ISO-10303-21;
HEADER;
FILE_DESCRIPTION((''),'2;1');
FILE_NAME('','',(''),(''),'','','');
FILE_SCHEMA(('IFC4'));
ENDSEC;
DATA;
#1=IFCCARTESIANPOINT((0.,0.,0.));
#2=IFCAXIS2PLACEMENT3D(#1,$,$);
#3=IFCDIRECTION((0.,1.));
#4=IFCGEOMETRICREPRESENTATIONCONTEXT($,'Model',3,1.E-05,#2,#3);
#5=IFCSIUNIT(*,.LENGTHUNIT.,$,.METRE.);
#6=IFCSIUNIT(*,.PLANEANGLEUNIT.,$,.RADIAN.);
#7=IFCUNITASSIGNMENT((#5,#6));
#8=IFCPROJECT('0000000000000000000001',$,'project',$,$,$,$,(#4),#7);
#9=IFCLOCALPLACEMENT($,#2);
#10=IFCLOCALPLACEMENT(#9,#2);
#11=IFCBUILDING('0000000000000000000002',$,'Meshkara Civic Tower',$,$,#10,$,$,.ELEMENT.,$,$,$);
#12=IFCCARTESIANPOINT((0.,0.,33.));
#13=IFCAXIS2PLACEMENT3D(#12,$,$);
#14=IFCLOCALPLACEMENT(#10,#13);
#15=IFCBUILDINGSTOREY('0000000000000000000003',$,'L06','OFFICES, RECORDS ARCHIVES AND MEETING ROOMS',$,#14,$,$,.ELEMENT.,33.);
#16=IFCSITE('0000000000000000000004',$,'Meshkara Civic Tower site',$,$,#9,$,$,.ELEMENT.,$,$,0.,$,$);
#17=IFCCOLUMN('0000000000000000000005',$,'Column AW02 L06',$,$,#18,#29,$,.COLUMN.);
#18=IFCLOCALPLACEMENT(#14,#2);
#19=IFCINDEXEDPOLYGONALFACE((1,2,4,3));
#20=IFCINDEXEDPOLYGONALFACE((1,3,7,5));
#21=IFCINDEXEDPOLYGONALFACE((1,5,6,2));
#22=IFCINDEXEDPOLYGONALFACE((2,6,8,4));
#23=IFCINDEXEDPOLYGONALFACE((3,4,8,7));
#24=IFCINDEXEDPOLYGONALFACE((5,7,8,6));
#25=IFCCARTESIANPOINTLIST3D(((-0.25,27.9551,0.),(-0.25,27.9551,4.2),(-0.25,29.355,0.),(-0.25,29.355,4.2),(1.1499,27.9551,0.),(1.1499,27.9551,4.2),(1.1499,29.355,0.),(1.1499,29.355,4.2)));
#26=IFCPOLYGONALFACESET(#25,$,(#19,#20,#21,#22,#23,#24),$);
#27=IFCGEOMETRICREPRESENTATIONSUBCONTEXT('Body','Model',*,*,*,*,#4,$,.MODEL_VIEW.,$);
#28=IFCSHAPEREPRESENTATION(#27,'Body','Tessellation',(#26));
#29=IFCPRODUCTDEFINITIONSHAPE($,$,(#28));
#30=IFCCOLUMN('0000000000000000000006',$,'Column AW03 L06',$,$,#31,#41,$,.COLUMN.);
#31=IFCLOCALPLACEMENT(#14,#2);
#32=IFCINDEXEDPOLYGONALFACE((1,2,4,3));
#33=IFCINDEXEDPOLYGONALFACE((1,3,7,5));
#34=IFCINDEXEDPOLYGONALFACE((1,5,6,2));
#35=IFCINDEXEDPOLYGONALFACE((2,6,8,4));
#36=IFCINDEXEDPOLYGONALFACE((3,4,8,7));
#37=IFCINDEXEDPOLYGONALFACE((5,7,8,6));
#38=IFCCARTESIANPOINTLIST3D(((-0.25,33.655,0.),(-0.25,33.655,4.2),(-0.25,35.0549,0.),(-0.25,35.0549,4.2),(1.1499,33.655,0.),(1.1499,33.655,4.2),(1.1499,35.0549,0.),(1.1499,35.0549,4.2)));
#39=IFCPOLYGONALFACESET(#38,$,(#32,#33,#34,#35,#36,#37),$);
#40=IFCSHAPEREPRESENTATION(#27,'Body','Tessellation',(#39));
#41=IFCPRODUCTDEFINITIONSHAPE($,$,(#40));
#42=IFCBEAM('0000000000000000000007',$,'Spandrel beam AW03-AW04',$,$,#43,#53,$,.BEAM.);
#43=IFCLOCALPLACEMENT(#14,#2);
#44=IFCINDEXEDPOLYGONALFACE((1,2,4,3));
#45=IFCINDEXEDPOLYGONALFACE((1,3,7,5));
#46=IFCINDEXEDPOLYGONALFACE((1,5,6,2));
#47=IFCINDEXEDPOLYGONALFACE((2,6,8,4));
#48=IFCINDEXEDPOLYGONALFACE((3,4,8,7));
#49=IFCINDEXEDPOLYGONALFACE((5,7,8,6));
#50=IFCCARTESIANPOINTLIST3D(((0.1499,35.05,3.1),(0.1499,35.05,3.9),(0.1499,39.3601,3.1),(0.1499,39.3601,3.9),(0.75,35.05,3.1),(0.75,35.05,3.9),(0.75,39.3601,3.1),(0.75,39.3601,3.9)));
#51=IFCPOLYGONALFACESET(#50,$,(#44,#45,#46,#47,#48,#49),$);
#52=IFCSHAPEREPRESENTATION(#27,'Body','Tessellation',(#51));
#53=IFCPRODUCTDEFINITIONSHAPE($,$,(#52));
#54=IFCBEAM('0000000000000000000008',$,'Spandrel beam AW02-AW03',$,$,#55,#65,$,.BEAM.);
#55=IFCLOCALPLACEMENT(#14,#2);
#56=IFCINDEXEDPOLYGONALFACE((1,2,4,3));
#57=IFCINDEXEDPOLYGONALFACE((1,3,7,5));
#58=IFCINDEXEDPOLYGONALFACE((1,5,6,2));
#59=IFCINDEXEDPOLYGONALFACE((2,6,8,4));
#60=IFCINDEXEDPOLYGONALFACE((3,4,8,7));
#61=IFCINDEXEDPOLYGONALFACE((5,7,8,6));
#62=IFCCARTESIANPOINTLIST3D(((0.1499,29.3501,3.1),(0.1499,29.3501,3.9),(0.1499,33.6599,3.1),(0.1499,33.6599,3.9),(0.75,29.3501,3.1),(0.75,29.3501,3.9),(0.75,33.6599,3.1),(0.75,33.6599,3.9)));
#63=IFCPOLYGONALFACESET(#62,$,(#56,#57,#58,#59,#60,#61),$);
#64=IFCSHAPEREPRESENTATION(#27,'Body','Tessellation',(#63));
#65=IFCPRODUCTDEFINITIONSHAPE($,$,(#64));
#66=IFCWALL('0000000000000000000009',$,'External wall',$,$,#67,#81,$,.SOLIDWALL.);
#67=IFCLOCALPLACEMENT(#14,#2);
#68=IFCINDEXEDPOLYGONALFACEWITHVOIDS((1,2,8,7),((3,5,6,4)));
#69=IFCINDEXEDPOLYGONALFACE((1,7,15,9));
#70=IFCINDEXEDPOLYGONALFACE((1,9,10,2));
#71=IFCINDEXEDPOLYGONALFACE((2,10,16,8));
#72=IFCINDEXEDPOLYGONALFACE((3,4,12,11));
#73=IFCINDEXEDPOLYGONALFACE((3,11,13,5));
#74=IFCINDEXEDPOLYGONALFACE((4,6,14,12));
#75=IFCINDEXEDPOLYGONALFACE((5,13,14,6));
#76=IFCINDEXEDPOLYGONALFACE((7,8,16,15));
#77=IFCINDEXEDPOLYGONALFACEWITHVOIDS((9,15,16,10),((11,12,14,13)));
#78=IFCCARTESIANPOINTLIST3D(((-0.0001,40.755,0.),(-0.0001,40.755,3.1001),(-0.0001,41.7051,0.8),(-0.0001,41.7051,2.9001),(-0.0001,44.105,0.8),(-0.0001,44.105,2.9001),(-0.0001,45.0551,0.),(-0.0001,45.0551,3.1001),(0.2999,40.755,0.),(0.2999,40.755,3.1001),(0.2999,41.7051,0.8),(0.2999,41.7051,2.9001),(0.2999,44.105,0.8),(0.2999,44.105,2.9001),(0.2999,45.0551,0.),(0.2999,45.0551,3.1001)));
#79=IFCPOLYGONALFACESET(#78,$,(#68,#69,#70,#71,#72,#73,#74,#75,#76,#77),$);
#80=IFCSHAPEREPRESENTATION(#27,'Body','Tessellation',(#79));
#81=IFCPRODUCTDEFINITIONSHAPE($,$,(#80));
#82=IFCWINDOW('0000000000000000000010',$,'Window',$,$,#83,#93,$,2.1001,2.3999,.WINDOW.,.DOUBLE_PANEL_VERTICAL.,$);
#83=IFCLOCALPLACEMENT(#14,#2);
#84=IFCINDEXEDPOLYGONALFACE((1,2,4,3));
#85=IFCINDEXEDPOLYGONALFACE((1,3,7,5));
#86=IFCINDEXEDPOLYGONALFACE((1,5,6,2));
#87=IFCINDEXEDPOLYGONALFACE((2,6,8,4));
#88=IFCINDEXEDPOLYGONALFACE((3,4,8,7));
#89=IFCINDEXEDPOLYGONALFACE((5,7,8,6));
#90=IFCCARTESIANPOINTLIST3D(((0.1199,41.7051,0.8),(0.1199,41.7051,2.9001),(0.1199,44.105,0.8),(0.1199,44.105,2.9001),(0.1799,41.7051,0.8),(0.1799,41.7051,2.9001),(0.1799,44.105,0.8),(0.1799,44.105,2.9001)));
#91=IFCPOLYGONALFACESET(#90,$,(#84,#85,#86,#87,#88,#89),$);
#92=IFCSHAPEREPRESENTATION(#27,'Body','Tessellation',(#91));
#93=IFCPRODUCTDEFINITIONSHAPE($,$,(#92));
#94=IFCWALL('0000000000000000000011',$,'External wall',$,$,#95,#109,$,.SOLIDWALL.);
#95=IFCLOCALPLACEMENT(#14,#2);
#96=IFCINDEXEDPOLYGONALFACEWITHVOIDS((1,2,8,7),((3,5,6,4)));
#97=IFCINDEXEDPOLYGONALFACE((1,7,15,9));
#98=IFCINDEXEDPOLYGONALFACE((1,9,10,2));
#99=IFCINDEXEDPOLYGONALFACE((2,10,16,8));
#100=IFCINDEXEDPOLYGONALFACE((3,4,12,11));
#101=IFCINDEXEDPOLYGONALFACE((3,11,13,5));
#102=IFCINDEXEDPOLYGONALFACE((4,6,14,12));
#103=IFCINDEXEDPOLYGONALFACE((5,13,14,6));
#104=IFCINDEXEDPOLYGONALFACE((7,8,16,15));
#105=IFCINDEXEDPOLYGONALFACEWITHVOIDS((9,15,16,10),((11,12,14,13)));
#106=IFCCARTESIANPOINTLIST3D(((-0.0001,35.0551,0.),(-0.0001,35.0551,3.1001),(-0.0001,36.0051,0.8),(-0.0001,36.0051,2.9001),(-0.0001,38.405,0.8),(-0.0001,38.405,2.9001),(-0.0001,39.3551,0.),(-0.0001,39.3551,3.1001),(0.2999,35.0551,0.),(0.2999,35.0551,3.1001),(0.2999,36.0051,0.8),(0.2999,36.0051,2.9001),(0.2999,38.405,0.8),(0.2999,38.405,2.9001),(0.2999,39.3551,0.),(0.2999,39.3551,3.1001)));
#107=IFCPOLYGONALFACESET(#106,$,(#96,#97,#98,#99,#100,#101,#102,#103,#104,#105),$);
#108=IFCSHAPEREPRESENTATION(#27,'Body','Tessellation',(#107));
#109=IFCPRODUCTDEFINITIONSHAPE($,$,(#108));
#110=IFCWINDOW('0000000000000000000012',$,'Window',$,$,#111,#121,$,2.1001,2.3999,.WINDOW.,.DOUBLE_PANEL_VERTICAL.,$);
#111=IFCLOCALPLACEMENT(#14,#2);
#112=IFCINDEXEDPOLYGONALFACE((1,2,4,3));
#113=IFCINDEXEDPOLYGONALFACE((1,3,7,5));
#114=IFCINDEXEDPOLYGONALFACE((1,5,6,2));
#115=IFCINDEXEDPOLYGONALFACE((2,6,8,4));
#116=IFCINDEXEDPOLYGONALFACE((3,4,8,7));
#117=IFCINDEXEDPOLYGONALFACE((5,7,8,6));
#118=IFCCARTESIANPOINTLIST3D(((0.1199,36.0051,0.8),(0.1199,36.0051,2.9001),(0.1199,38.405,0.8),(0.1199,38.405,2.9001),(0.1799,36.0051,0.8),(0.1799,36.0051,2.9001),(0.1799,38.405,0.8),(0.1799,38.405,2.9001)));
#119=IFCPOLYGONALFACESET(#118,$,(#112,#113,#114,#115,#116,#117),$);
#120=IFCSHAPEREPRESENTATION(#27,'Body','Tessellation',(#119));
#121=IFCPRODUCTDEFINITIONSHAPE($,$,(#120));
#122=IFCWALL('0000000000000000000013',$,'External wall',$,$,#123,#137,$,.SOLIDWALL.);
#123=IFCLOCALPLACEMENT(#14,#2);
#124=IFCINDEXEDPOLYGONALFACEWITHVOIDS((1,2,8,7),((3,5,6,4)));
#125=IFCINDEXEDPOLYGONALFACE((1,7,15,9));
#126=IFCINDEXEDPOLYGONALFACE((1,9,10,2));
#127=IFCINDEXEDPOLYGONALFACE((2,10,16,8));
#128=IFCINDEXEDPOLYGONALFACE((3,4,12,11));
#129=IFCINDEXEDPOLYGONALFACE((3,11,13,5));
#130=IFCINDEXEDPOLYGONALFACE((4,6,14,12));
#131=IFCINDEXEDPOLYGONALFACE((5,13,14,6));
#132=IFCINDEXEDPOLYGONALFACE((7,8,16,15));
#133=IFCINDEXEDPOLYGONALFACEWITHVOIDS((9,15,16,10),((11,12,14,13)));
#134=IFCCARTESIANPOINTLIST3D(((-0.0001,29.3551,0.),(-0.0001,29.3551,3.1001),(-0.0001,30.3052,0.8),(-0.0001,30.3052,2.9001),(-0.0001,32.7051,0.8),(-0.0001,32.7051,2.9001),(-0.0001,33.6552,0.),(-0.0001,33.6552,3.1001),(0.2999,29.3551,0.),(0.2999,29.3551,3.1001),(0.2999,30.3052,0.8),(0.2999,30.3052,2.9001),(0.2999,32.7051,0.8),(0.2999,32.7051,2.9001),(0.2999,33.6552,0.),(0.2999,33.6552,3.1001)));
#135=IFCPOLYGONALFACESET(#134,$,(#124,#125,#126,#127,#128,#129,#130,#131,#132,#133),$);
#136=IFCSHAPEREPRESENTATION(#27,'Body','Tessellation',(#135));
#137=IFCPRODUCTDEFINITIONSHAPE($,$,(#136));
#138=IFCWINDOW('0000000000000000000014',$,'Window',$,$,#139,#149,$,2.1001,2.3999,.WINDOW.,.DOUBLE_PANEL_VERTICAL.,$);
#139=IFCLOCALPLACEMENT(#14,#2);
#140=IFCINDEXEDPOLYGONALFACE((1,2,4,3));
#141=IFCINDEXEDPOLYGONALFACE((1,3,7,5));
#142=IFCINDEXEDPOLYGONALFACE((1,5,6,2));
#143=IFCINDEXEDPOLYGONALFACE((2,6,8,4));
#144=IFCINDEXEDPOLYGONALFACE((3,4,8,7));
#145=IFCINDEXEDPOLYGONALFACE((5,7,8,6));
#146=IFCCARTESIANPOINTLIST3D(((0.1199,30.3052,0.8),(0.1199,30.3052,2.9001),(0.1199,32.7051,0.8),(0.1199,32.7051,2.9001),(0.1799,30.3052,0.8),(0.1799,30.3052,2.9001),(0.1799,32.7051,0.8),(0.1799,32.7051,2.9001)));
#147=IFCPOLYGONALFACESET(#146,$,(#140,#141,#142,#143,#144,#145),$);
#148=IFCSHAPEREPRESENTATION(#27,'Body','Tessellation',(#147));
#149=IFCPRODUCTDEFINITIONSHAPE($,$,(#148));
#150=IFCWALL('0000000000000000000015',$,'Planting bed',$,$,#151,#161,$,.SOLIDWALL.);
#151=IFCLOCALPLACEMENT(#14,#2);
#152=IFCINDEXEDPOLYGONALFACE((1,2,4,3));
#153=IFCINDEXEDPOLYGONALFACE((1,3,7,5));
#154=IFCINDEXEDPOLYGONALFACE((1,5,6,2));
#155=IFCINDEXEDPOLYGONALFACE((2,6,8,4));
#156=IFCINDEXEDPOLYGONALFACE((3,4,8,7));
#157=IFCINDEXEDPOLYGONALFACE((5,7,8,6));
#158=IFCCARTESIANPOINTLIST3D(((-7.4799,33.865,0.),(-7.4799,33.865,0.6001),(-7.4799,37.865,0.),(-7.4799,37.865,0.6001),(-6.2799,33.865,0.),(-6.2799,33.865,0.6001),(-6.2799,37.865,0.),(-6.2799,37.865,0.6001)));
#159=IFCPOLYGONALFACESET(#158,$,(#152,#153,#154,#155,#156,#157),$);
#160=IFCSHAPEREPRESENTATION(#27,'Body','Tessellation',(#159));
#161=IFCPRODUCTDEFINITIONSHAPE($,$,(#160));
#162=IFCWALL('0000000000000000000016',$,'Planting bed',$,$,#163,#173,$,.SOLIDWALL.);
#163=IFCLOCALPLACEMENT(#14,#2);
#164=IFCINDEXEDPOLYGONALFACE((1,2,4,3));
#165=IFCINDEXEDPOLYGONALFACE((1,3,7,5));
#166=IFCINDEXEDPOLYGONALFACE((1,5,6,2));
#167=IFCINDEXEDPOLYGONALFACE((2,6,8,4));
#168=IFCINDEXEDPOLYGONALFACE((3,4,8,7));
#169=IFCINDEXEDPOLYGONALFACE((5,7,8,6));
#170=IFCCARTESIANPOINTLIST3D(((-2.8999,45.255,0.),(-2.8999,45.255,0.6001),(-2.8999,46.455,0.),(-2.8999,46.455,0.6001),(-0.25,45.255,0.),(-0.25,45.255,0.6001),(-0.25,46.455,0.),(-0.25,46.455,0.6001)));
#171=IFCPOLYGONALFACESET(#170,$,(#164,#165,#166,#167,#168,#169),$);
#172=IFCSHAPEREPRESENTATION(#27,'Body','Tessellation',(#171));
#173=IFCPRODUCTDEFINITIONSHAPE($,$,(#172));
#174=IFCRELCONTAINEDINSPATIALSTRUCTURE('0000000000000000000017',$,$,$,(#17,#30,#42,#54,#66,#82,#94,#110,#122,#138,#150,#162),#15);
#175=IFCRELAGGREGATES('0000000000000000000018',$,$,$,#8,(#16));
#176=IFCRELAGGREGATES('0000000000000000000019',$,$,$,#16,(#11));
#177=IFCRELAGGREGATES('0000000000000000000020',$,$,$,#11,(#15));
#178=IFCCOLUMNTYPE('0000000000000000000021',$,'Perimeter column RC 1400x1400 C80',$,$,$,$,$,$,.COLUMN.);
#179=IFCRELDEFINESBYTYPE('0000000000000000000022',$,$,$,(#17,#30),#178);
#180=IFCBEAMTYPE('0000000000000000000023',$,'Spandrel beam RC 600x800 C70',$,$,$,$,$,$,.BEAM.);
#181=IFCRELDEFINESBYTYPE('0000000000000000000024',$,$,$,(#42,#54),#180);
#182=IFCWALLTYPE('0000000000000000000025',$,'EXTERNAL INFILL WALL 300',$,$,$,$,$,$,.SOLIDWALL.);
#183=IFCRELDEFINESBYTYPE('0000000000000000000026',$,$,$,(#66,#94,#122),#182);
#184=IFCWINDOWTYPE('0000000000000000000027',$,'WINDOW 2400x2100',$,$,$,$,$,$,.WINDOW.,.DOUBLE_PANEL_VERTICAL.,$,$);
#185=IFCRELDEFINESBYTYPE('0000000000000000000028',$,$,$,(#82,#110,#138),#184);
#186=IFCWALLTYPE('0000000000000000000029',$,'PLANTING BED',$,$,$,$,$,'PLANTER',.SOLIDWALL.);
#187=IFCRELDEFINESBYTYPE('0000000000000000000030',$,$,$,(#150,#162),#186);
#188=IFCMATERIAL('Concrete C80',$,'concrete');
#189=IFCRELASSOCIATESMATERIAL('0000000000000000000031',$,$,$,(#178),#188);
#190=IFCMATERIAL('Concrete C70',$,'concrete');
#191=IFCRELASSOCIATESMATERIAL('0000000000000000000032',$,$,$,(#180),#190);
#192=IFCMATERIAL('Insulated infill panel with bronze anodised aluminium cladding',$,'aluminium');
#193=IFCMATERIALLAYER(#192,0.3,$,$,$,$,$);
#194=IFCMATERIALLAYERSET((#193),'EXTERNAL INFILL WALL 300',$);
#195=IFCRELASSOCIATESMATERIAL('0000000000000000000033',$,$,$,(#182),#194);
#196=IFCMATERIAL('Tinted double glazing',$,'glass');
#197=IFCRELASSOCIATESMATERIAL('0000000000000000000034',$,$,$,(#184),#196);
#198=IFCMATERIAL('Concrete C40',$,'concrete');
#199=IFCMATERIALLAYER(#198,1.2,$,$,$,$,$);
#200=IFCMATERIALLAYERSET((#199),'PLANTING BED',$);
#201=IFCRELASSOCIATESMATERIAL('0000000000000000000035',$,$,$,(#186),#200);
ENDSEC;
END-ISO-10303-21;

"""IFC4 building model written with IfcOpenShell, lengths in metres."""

from ifc_helpers import new_model, si_unit, direction, frame, frame_2d, origin, origin_2d, place, context, subcontext, project, spatial, rectangle, extrude, material, layer, layer_set, material_profile, profile_set, type_object, element, fill, save


model = new_model("IFC4")

# Units and contexts
model_context = context("Model", 3, precision=1e-05, world=origin(), true_north=direction((0.0, 1.0)))
body_context = subcontext(model_context, "Body", "Model", "MODEL_VIEW")
ifc_project = project(units=[si_unit("LENGTHUNIT", "METRE"), si_unit("PLANEANGLEUNIT", "RADIAN")], contexts=[model_context])

# Site, building, storey
site_placement = place(None, origin())
site = spatial("IfcSite", under=ifc_project, at=site_placement, Name="Meshkara Civic Tower site", CompositionType="ELEMENT", RefElevation=0.0)
building_placement = place(site_placement, origin())
building = spatial("IfcBuilding", under=site, at=building_placement, Name="Meshkara Civic Tower", CompositionType="ELEMENT")
storey_placement = place(building_placement, frame((0.0, 0.0, 33.0)))
storey = spatial("IfcBuildingStorey", under=building, at=storey_placement, Name="L06", Description="OFFICES, RECORDS ARCHIVES AND MEETING ROOMS", CompositionType="ELEMENT", Elevation=33.0)

# Columns
ifc_material_1 = material(Name="Concrete C80", Category="concrete")
ifc_material_profile_1 = material_profile(ifc_material_1, rectangle(XDim=1.3999, YDim=1.3999, at=origin_2d()))
ifc_profile_set_1 = profile_set([ifc_material_profile_1], Name="Concrete C80")
column_type = type_object("IfcColumnType", Name="Perimeter column RC 1400x1400 C80", PredefinedType="COLUMN", material=ifc_profile_set_1)
for number, where, z_axis, x_axis, name in (
    (1, (0.45, 28.655, 0.0), (0.0, 0.0, 1.0), (1.0, 0.0, 0.0), "Column AW02 L06"),
    (2, (0.45, 34.355, 0.0), (0.0, 0.0, 1.0), (1.0, 0.0, 0.0), "Column AW03 L06"),
):
    element("IfcColumn", number, at=place(storey_placement, frame(where, z_axis=z_axis, x_axis=x_axis)), inside=storey, type_object=column_type, Name=name, PredefinedType="COLUMN", context=body_context, shape_type="SweptSolid", body=[
        extrude(rectangle(XDim=1.3999, YDim=1.3999, at=origin_2d()), origin(), (0.0, 0.0, 1.0), 4.2),
    ])

# Beams
ifc_material_2 = material(Name="Concrete C70", Category="concrete")
ifc_material_profile_2 = material_profile(ifc_material_2, rectangle(XDim=0.6001, YDim=0.8, at=origin_2d()))
ifc_profile_set_2 = profile_set([ifc_material_profile_2], Name="Concrete C70")
beam_type = type_object("IfcBeamType", Name="Spandrel beam RC 600x800 C70", PredefinedType="BEAM", material=ifc_profile_set_2)
beam_1_placement = place(storey_placement, frame((0.45, 39.3601, 3.5), z_axis=(0.0, -1.0, 0.0), x_axis=(1.0, 0.0, 0.0)))
element("IfcBeam", 3, at=beam_1_placement, inside=storey, type_object=beam_type, Name="Spandrel beam AW03-AW04", PredefinedType="BEAM", context=body_context, shape_type="SweptSolid", body=[
    extrude(rectangle(XDim=0.6001, YDim=0.8, at=origin_2d()), origin(), (0.0, 0.0, 1.0), 4.3101),
])
beam_2_placement = place(storey_placement, frame((0.45, 33.6599, 3.5), z_axis=(0.0, -1.0, 0.0), x_axis=(1.0, 0.0, 0.0)))
element("IfcBeam", 4, at=beam_2_placement, inside=storey, type_object=beam_type, Name="Spandrel beam AW02-AW03", PredefinedType="BEAM", context=body_context, shape_type="SweptSolid", body=[
    extrude(rectangle(XDim=0.6001, YDim=0.8, at=origin_2d()), origin(), (0.0, 0.0, 1.0), 4.3098),
])

# Walls, openings, windows
ifc_material_3 = material(Name="Insulated infill panel with bronze anodised aluminium cladding", Category="aluminium")
ifc_layer_1 = layer(ifc_material_3, 0.3)
ifc_layer_set_1 = layer_set([ifc_layer_1], Name="EXTERNAL INFILL WALL 300")
wall_type_1 = type_object("IfcWallType", Name="EXTERNAL INFILL WALL 300", PredefinedType="SOLIDWALL", material=ifc_layer_set_1)
wall_1_placement = place(storey_placement, frame((0.1499, 45.0549, 0.0), z_axis=(0.0, 0.0, 1.0), x_axis=(0.0, -1.0, 0.0)))
wall_1 = element("IfcWall", 5, at=wall_1_placement, inside=storey, type_object=wall_type_1, Name="External wall", PredefinedType="SOLIDWALL", context=body_context, shape_type="SweptSolid", body=[
    extrude(rectangle(XDim=4.3, YDim=0.3, at=frame_2d((2.1499, 0.0))), origin(), (0.0, 0.0, 1.0), 3.1001),
])
opening_1_placement = place(wall_1_placement, frame((0.95, 0.0, 0.8)))
opening_1 = element("IfcOpeningElement", 6, at=opening_1_placement, cuts=wall_1, PredefinedType="OPENING", context=body_context, shape_type="SweptSolid", body=[
    extrude(rectangle(XDim=2.3999, YDim=2.1001, at=frame_2d((1.2, 1.05))), frame((0.0, 0.1599, 0.0), z_axis=(0.0, -1.0, 0.0), x_axis=(1.0, 0.0, 0.0)), (0.0, 0.0, 1.0), 0.3201),
])
ifc_material_4 = material(Name="Tinted double glazing", Category="glass")
window_type = type_object("IfcWindowType", Name="WINDOW 2400x2100", PartitioningType="DOUBLE_PANEL_VERTICAL", PredefinedType="WINDOW", material=ifc_material_4)
window_1_placement = place(opening_1_placement, origin())
window_1 = element("IfcWindow", 7, at=window_1_placement, inside=storey, type_object=window_type, Name="Window", OverallHeight=2.1001, OverallWidth=2.3999, PartitioningType="DOUBLE_PANEL_VERTICAL", PredefinedType="WINDOW", context=body_context, shape_type="SweptSolid", body=[
    extrude(rectangle(XDim=2.3999, YDim=2.1001, at=frame_2d((1.2, 1.05))), frame((0.0, 0.03, 0.0), z_axis=(0.0, -1.0, 0.0), x_axis=(1.0, 0.0, 0.0)), (0.0, 0.0, 1.0), 0.0601),
])
fill(opening_1, window_1)
wall_2_placement = place(storey_placement, frame((0.1499, 39.355, 0.0), z_axis=(0.0, 0.0, 1.0), x_axis=(0.0, -1.0, 0.0)))
wall_2 = element("IfcWall", 8, at=wall_2_placement, inside=storey, type_object=wall_type_1, Name="External wall", PredefinedType="SOLIDWALL", context=body_context, shape_type="SweptSolid", body=[
    extrude(rectangle(XDim=4.3, YDim=0.3, at=frame_2d((2.1499, 0.0))), origin(), (0.0, 0.0, 1.0), 3.1001),
])
opening_2_placement = place(wall_2_placement, frame((0.95, 0.0, 0.8)))
opening_2 = element("IfcOpeningElement", 9, at=opening_2_placement, cuts=wall_2, PredefinedType="OPENING", context=body_context, shape_type="SweptSolid", body=[
    extrude(rectangle(XDim=2.3999, YDim=2.1001, at=frame_2d((1.2, 1.05))), frame((0.0, 0.1599, 0.0), z_axis=(0.0, -1.0, 0.0), x_axis=(1.0, 0.0, 0.0)), (0.0, 0.0, 1.0), 0.3201),
])
window_2_placement = place(opening_2_placement, origin())
window_2 = element("IfcWindow", 10, at=window_2_placement, inside=storey, type_object=window_type, Name="Window", OverallHeight=2.1001, OverallWidth=2.3999, PartitioningType="DOUBLE_PANEL_VERTICAL", PredefinedType="WINDOW", context=body_context, shape_type="SweptSolid", body=[
    extrude(rectangle(XDim=2.3999, YDim=2.1001, at=frame_2d((1.2, 1.05))), frame((0.0, 0.03, 0.0), z_axis=(0.0, -1.0, 0.0), x_axis=(1.0, 0.0, 0.0)), (0.0, 0.0, 1.0), 0.0601),
])
fill(opening_2, window_2)
wall_3_placement = place(storey_placement, frame((0.1499, 33.655, 0.0), z_axis=(0.0, 0.0, 1.0), x_axis=(0.0, -1.0, 0.0)))
wall_3 = element("IfcWall", 11, at=wall_3_placement, inside=storey, type_object=wall_type_1, Name="External wall", PredefinedType="SOLIDWALL", context=body_context, shape_type="SweptSolid", body=[
    extrude(rectangle(XDim=4.3, YDim=0.3, at=frame_2d((2.1499, 0.0))), origin(), (0.0, 0.0, 1.0), 3.1001),
])
opening_3_placement = place(wall_3_placement, frame((0.95, 0.0, 0.8)))
opening_3 = element("IfcOpeningElement", 12, at=opening_3_placement, cuts=wall_3, PredefinedType="OPENING", context=body_context, shape_type="SweptSolid", body=[
    extrude(rectangle(XDim=2.3999, YDim=2.1001, at=frame_2d((1.2, 1.05))), frame((0.0, 0.1599, 0.0), z_axis=(0.0, -1.0, 0.0), x_axis=(1.0, 0.0, 0.0)), (0.0, 0.0, 1.0), 0.3201),
])
window_3_placement = place(opening_3_placement, origin())
window_3 = element("IfcWindow", 13, at=window_3_placement, inside=storey, type_object=window_type, Name="Window", OverallHeight=2.1001, OverallWidth=2.3999, PartitioningType="DOUBLE_PANEL_VERTICAL", PredefinedType="WINDOW", context=body_context, shape_type="SweptSolid", body=[
    extrude(rectangle(XDim=2.3999, YDim=2.1001, at=frame_2d((1.2, 1.05))), frame((0.0, 0.03, 0.0), z_axis=(0.0, -1.0, 0.0), x_axis=(1.0, 0.0, 0.0)), (0.0, 0.0, 1.0), 0.0601),
])
fill(opening_3, window_3)

# Walls
ifc_material_5 = material(Name="Concrete C40", Category="concrete")
ifc_layer_2 = layer(ifc_material_5, 1.2)
ifc_layer_set_2 = layer_set([ifc_layer_2], Name="PLANTING BED")
wall_type_2 = type_object("IfcWallType", Name="PLANTING BED", ElementType="PLANTER", PredefinedType="SOLIDWALL", material=ifc_layer_set_2)
wall_4_placement = place(storey_placement, frame((-6.8799, 33.865, 0.0), z_axis=(0.0, 0.0, 1.0), x_axis=(0.0, 1.0, 0.0)))
element("IfcWall", 14, at=wall_4_placement, inside=storey, type_object=wall_type_2, Name="Planting bed", PredefinedType="SOLIDWALL", context=body_context, shape_type="SweptSolid", body=[
    extrude(rectangle(XDim=4.0, YDim=1.2, at=frame_2d((2.0, 0.0))), origin(), (0.0, 0.0, 1.0), 0.6001),
])
wall_5_placement = place(storey_placement, frame((-0.25, 45.855, 0.0), z_axis=(0.0, 0.0, 1.0), x_axis=(-1.0, 0.0, 0.0)))
element("IfcWall", 15, at=wall_5_placement, inside=storey, type_object=wall_type_2, Name="Planting bed", PredefinedType="SOLIDWALL", context=body_context, shape_type="SweptSolid", body=[
    extrude(rectangle(XDim=2.6499, YDim=1.2, at=frame_2d((1.325, 0.0))), origin(), (0.0, 0.0, 1.0), 0.6001),
])

save(model, "model.ifc")
